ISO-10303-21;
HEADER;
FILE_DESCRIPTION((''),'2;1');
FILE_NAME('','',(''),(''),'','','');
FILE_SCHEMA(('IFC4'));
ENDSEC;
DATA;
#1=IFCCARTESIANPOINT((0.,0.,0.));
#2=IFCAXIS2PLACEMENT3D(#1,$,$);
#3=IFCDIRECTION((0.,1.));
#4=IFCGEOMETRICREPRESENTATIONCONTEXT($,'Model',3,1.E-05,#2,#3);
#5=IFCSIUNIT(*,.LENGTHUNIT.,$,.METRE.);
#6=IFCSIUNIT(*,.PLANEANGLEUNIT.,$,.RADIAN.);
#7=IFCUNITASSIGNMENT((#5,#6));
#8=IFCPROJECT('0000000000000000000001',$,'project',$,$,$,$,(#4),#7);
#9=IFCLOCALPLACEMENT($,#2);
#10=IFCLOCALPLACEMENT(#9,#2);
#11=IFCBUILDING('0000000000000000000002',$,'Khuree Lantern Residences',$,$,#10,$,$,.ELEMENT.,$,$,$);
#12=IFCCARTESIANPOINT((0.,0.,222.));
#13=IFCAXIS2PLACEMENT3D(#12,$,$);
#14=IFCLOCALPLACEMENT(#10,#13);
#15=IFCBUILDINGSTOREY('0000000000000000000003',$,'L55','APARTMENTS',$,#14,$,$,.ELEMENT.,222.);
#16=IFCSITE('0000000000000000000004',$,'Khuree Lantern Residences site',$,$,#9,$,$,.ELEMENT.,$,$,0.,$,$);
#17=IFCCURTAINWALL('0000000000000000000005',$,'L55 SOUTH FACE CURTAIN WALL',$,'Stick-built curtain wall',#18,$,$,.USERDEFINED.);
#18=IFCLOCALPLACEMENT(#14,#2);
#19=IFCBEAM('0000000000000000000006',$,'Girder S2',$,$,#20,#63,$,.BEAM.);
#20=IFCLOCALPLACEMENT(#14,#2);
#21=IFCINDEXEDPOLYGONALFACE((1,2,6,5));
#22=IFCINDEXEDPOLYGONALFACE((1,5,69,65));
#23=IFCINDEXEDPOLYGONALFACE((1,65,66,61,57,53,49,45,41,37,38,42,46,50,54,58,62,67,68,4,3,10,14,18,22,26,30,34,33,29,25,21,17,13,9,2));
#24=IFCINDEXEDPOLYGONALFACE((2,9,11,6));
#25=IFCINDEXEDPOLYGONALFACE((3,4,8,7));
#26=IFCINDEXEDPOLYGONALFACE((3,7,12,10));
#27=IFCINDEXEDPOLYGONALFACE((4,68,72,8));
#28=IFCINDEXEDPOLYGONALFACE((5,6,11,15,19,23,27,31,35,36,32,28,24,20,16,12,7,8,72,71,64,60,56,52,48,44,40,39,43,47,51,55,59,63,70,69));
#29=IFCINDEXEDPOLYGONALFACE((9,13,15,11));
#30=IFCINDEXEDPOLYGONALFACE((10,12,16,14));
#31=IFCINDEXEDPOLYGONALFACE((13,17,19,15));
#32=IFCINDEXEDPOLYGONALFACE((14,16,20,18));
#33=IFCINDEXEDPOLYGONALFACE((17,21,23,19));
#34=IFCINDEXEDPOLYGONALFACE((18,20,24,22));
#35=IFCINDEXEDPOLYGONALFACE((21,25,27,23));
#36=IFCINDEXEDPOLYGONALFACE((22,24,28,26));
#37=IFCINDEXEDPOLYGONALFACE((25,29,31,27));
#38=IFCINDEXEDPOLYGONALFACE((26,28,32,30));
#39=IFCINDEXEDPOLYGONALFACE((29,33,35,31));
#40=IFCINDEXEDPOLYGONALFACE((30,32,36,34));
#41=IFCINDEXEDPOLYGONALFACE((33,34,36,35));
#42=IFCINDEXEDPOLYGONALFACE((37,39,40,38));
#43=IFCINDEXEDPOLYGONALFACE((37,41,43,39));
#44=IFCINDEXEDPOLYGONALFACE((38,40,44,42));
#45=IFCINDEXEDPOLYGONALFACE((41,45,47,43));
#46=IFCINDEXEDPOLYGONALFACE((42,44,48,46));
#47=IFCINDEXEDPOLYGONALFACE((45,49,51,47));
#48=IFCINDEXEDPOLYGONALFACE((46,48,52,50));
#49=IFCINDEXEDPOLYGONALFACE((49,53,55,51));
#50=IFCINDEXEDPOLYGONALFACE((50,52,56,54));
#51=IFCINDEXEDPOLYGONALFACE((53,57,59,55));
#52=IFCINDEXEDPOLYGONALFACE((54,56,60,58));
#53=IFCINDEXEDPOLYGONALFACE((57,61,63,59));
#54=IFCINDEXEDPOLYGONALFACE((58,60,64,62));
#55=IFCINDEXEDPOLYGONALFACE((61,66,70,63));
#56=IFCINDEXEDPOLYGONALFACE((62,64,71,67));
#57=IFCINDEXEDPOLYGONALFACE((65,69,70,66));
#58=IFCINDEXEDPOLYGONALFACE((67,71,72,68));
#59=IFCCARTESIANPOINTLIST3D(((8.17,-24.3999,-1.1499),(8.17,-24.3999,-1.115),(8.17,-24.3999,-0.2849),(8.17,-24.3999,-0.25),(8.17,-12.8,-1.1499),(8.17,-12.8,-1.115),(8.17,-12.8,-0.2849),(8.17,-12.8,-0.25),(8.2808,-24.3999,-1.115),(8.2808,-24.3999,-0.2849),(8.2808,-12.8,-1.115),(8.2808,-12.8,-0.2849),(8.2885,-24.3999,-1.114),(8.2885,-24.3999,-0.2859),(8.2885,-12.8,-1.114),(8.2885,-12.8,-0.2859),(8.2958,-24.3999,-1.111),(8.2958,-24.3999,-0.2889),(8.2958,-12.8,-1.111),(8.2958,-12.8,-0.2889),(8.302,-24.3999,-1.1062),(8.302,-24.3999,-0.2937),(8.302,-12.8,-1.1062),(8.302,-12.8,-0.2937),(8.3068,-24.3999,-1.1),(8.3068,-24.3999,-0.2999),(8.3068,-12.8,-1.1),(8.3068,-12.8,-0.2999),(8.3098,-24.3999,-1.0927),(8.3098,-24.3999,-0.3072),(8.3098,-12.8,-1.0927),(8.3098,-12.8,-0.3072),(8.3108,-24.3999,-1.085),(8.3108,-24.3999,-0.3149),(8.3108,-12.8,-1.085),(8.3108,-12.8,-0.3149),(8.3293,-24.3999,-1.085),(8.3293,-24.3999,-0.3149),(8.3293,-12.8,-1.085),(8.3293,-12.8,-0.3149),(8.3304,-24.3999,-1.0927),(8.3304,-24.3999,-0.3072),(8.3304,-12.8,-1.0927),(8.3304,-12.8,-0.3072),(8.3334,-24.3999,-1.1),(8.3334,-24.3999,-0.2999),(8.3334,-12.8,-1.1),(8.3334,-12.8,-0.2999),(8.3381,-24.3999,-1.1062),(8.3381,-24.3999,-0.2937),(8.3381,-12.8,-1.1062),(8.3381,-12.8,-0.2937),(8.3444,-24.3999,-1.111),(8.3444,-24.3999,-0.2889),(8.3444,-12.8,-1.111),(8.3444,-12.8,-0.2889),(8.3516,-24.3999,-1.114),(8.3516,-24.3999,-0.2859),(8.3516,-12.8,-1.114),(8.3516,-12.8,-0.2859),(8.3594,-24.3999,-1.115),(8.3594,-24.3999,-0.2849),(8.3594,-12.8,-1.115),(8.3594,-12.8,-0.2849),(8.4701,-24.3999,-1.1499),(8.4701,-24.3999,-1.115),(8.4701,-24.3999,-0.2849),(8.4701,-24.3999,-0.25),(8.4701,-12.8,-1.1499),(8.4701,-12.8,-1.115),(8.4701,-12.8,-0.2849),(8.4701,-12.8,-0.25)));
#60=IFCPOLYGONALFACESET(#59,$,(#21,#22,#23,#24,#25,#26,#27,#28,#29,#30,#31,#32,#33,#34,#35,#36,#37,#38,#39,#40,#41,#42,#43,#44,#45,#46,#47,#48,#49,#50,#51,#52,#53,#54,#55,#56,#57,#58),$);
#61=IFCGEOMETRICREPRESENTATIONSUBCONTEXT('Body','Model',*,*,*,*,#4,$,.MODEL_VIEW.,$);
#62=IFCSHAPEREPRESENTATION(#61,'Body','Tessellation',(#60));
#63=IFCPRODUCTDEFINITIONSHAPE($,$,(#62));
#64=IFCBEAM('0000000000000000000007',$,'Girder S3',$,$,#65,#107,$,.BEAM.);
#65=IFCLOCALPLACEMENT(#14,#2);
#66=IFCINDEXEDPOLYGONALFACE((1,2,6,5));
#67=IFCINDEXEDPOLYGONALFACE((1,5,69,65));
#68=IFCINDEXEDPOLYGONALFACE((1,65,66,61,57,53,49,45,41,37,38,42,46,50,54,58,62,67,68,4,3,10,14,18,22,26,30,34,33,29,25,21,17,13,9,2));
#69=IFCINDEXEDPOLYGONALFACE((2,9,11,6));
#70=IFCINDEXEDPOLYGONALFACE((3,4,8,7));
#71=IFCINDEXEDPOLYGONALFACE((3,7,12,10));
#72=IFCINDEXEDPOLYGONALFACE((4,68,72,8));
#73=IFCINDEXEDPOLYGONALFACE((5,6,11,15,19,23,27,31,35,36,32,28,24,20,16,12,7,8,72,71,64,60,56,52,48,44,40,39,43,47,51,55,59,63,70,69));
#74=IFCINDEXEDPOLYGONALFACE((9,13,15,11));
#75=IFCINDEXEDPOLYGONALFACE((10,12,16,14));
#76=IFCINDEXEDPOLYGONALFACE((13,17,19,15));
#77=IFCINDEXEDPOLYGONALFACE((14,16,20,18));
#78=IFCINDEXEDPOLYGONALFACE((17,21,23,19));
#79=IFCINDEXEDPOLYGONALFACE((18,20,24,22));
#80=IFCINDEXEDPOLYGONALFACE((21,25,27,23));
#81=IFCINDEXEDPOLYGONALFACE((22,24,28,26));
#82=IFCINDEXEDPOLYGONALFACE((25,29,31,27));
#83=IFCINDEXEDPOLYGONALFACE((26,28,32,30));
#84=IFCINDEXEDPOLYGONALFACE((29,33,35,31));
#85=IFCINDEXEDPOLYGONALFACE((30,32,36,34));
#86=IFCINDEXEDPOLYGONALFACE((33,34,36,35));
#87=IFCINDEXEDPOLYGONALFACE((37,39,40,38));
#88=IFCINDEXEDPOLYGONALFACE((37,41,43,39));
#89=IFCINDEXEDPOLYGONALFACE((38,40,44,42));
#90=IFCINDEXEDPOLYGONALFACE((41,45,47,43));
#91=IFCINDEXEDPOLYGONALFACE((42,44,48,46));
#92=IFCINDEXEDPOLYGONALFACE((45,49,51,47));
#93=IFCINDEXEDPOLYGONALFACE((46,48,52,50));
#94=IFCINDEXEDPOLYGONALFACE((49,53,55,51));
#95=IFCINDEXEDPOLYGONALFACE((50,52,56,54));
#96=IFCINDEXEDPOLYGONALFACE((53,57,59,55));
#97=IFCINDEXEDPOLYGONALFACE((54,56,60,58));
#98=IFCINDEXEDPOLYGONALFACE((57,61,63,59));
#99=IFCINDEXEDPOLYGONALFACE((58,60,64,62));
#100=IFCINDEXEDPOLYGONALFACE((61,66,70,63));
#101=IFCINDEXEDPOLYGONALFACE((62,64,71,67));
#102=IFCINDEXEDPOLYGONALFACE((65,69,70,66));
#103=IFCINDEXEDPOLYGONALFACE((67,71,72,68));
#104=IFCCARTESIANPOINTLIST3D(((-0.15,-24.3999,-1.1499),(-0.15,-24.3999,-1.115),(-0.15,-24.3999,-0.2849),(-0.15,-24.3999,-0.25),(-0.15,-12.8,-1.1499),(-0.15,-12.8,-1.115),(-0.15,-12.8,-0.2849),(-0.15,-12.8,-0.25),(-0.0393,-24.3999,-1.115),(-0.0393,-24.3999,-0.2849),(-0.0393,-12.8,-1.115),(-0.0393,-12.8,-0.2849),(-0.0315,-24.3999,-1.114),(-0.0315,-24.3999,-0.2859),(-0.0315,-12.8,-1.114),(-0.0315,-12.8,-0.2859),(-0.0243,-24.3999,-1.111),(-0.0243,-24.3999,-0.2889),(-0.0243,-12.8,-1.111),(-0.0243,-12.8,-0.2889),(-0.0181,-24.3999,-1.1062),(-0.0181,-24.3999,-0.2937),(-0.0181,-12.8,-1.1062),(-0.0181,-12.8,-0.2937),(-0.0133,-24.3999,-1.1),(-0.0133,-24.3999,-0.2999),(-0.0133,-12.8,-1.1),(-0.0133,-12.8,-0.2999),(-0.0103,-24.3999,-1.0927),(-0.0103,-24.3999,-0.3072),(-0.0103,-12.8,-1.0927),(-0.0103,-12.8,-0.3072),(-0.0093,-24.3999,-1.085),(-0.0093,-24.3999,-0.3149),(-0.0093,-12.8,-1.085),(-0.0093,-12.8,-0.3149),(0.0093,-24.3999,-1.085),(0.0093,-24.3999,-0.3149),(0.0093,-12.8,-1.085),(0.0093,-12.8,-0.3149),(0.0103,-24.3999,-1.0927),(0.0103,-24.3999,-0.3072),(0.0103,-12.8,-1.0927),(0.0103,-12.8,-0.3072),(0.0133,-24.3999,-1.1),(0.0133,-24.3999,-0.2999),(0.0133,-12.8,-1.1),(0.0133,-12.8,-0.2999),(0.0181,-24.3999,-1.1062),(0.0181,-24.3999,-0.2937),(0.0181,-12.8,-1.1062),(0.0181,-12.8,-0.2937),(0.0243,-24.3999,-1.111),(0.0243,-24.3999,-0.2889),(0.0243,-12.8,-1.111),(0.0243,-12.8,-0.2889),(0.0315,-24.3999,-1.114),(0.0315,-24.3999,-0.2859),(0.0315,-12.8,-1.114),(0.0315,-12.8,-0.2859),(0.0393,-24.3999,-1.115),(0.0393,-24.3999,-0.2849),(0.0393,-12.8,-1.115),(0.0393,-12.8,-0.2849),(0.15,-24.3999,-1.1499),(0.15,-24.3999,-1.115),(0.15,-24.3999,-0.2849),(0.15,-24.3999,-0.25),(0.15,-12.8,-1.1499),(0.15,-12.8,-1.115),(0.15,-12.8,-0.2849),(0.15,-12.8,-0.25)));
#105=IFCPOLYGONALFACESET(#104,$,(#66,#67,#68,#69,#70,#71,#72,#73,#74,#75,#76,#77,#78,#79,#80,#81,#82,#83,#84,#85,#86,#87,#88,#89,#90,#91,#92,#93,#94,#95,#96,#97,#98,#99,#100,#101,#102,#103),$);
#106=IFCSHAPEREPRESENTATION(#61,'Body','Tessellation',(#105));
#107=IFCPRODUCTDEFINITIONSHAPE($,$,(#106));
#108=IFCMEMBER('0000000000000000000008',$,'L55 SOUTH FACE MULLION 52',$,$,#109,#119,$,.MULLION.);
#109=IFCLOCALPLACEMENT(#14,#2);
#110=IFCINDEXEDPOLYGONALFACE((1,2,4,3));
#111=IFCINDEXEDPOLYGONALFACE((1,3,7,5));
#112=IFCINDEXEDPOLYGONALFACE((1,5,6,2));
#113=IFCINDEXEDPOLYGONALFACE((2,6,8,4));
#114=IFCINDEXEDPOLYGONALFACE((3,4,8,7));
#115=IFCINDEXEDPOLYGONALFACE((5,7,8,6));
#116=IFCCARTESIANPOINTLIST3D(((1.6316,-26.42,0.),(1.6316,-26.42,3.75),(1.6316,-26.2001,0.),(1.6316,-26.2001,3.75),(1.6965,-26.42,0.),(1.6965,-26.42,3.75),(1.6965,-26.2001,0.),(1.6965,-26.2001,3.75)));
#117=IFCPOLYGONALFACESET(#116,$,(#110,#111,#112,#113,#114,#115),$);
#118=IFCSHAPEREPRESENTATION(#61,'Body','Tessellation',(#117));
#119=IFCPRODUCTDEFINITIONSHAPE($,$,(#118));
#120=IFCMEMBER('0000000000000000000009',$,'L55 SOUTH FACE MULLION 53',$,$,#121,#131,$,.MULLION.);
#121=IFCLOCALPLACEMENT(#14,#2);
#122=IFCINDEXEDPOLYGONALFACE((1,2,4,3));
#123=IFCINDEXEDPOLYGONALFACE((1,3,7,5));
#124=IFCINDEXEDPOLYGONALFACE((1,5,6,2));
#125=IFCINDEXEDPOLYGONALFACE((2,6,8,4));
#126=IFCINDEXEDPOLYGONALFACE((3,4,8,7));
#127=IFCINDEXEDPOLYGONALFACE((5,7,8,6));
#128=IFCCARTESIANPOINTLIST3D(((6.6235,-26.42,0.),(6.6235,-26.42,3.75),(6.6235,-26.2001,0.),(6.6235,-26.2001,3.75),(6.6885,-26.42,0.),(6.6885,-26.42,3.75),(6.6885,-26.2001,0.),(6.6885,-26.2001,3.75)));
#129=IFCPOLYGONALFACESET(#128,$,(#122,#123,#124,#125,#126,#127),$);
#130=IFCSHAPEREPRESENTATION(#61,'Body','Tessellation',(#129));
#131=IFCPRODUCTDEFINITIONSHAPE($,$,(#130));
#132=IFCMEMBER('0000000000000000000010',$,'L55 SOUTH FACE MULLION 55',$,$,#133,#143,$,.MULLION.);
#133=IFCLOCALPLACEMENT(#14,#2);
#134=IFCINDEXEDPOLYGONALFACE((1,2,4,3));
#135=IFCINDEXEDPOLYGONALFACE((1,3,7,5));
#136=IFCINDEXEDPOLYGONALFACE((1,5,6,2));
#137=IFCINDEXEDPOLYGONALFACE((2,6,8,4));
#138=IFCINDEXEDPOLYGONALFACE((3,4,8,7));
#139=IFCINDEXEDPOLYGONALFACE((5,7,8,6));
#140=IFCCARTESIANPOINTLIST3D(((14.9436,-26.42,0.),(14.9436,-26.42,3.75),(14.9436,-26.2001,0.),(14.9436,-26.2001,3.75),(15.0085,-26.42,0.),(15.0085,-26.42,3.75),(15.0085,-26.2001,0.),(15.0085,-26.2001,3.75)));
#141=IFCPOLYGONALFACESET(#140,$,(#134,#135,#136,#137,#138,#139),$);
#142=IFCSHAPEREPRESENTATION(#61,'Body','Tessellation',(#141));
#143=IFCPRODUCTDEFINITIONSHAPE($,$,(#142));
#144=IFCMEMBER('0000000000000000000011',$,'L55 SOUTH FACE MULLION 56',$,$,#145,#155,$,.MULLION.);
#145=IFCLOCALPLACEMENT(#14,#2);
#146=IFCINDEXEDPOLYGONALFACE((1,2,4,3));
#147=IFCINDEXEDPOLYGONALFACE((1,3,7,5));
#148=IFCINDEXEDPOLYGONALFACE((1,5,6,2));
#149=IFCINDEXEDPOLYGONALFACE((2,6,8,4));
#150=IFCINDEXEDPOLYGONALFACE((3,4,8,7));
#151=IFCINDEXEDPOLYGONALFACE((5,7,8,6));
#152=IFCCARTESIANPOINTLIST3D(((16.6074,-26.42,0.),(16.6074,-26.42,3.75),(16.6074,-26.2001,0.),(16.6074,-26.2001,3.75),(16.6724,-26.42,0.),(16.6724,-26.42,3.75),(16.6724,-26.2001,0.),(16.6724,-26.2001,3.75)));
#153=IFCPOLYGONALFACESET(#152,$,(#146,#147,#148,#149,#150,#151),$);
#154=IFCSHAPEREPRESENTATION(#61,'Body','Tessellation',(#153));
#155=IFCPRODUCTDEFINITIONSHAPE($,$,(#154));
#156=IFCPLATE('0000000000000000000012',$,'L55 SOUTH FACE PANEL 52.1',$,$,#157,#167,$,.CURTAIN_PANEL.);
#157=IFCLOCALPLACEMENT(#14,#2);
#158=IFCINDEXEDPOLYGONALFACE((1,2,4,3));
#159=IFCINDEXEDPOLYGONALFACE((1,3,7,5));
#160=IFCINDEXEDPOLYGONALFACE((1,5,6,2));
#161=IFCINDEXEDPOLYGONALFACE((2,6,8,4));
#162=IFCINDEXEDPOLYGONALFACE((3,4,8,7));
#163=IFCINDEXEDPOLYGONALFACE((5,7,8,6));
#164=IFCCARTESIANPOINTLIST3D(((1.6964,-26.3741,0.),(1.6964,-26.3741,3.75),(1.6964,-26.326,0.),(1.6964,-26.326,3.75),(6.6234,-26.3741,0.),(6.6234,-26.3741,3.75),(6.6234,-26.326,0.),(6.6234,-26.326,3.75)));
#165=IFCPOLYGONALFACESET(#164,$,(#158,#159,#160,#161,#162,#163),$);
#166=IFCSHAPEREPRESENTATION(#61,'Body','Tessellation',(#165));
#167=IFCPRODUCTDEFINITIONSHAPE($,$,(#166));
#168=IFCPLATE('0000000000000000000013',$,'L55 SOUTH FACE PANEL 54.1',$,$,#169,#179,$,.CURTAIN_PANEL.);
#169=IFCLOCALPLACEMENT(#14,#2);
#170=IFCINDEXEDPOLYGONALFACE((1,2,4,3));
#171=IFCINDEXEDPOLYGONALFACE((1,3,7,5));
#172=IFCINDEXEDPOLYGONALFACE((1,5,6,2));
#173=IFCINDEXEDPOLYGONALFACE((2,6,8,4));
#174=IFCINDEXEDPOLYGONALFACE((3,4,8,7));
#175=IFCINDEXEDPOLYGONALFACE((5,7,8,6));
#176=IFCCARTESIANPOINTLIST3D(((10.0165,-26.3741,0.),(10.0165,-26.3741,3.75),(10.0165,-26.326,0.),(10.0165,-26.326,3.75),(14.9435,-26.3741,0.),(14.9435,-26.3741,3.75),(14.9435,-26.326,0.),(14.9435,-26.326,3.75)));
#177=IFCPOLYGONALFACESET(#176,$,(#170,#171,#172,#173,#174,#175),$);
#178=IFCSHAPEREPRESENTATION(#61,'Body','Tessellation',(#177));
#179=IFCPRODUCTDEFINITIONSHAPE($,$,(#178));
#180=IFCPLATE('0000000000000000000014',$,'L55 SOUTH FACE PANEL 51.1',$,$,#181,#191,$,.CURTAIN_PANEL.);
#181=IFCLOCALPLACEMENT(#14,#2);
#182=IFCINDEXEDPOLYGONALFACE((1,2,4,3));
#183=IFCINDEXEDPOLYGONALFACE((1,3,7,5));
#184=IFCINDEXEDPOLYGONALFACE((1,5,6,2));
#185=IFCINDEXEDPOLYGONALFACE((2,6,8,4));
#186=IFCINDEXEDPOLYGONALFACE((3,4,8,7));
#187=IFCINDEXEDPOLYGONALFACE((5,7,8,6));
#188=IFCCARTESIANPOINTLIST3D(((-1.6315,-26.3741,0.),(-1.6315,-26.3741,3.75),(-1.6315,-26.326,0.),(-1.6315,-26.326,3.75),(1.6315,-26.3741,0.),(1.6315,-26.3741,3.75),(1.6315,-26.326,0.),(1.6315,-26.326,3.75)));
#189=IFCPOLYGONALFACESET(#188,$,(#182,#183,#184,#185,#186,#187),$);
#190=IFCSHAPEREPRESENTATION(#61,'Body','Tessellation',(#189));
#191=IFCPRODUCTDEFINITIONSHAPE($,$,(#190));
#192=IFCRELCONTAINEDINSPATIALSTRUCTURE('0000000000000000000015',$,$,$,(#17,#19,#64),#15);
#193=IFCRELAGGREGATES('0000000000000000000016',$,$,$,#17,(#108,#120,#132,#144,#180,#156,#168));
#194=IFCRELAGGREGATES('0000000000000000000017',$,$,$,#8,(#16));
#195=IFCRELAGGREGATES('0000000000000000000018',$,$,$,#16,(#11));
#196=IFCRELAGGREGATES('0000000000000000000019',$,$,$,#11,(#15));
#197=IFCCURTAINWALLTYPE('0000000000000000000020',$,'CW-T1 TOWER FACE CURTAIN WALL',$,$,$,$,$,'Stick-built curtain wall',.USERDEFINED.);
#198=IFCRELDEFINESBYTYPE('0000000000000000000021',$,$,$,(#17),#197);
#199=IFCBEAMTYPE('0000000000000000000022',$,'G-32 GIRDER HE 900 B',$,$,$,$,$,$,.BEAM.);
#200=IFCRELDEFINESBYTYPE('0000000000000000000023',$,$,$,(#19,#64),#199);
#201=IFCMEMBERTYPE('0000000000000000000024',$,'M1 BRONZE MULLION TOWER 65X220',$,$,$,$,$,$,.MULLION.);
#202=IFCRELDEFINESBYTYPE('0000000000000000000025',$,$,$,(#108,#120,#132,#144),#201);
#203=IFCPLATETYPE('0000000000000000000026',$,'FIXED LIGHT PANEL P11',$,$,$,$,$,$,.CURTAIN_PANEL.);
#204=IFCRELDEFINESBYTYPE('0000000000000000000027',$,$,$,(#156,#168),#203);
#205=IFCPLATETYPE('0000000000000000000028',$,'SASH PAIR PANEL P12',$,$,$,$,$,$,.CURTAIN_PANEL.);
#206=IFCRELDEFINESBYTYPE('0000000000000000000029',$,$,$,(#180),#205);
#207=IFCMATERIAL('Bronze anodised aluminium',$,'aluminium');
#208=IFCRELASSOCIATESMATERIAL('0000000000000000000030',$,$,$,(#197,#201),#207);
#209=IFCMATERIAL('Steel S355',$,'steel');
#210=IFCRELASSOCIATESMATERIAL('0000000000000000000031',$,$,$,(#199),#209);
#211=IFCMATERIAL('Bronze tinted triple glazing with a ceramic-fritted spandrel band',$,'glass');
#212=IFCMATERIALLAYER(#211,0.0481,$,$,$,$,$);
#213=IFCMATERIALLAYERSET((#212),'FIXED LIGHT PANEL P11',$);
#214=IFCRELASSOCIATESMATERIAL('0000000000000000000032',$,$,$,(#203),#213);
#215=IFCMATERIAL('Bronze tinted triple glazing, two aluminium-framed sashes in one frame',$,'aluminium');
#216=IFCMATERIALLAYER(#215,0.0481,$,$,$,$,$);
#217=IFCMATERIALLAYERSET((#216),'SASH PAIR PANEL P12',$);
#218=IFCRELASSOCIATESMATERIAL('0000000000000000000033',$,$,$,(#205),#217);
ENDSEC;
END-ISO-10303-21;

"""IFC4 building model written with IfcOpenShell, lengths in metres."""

from ifc_helpers import new_model, si_unit, direction, frame, origin, origin_2d, place, context, subcontext, project, spatial, rectangle, i_section, extrude, material, layer, layer_set, material_profile, profile_set, type_object, element, aggregate, save


model = new_model("IFC4")

# Units and contexts
model_context = context("Model", 3, precision=1e-05, world=origin(), true_north=direction((0.0, 1.0)))
body_context = subcontext(model_context, "Body", "Model", "MODEL_VIEW")
ifc_project = project(units=[si_unit("LENGTHUNIT", "METRE"), si_unit("PLANEANGLEUNIT", "RADIAN")], contexts=[model_context])

# Site, building, storey
site_placement = place(None, origin())
site = spatial("IfcSite", under=ifc_project, at=site_placement, Name="Khuree Lantern Residences site", CompositionType="ELEMENT", RefElevation=0.0)
building_placement = place(site_placement, origin())
building = spatial("IfcBuilding", under=site, at=building_placement, Name="Khuree Lantern Residences", CompositionType="ELEMENT")
storey_placement = place(building_placement, frame((0.0, 0.0, 222.0)))
storey = spatial("IfcBuildingStorey", under=building, at=storey_placement, Name="L55", Description="APARTMENTS", CompositionType="ELEMENT", Elevation=222.0)

# Shared definitions
ifc_material_1 = material(Name="Steel S355", Category="steel")

# Curtain wall
ifc_material_2 = material(Name="Bronze anodised aluminium", Category="aluminium")
curtain_wall_type = type_object("IfcCurtainWallType", Name="CW-T1 TOWER FACE CURTAIN WALL", ElementType="Stick-built curtain wall", PredefinedType="USERDEFINED", material=ifc_material_2)
curtain_wall_placement = place(storey_placement, origin())
curtain_wall = element("IfcCurtainWall", 1, at=curtain_wall_placement, inside=storey, type_object=curtain_wall_type, Name="L55 SOUTH FACE CURTAIN WALL", ObjectType="Stick-built curtain wall", PredefinedType="USERDEFINED")

# Beams
ifc_material_profile_1 = material_profile(ifc_material_1, i_section(OverallWidth=0.3, OverallDepth=0.8999, WebThickness=0.0186, FlangeThickness=0.0349, FilletRadius=0.03, at=origin_2d()), Name="HE 900 B")
ifc_profile_set_1 = profile_set([ifc_material_profile_1], Name="Steel S355")
beam_type_1 = type_object("IfcBeamType", Name="G-32 GIRDER HE 900 B", PredefinedType="BEAM", material=ifc_profile_set_1)
for number, where, z_axis, x_axis, name in (
    (2, (8.3201, -24.3999, -0.7), (0.0, 1.0, 0.0), (-1.0, 0.0, 0.0), "Girder S2"),
    (3, (0.0, -24.3999, -0.7), (0.0, 1.0, 0.0), (-1.0, 0.0, 0.0), "Girder S3"),
):
    element("IfcBeam", number, at=place(storey_placement, frame(where, z_axis=z_axis, x_axis=x_axis)), inside=storey, type_object=beam_type_1, Name=name, PredefinedType="BEAM", context=body_context, shape_type="SweptSolid", body=[
        extrude(i_section(OverallWidth=0.3, OverallDepth=0.8999, WebThickness=0.0186, FlangeThickness=0.0349, FilletRadius=0.03, at=origin_2d()), origin(), (0.0, 0.0, 1.0), 11.5999),
    ])

# Members
ifc_material_profile_2 = material_profile(ifc_material_2, rectangle(XDim=0.0649, YDim=0.22, at=origin_2d()), Name="M1 65X220")
ifc_profile_set_2 = profile_set([ifc_material_profile_2], Name="Bronze anodised aluminium")
member_type_1 = type_object("IfcMemberType", Name="M1 BRONZE MULLION TOWER 65X220", PredefinedType="MULLION", material=ifc_profile_set_2)
member_1_placement = place(storey_placement, frame((1.6641, -26.3101, 0.0), z_axis=(0.0, 0.0, 1.0), x_axis=(1.0, 0.0, 0.0)))
member_1 = element("IfcMember", 4, at=member_1_placement, type_object=member_type_1, Name="L55 SOUTH FACE MULLION 52", PredefinedType="MULLION", context=body_context, shape_type="SweptSolid", body=[
    extrude(rectangle(XDim=0.0649, YDim=0.22, at=origin_2d()), origin(), (0.0, 0.0, 1.0), 3.75),
])
member_2_placement = place(storey_placement, frame((6.656, -26.3101, 0.0), z_axis=(0.0, 0.0, 1.0), x_axis=(1.0, 0.0, 0.0)))
member_2 = element("IfcMember", 5, at=member_2_placement, type_object=member_type_1, Name="L55 SOUTH FACE MULLION 53", PredefinedType="MULLION", context=body_context, shape_type="SweptSolid", body=[
    extrude(rectangle(XDim=0.0649, YDim=0.22, at=origin_2d()), origin(), (0.0, 0.0, 1.0), 3.75),
])
member_3_placement = place(storey_placement, frame((14.9761, -26.3101, 0.0), z_axis=(0.0, 0.0, 1.0), x_axis=(1.0, 0.0, 0.0)))
member_3 = element("IfcMember", 6, at=member_3_placement, type_object=member_type_1, Name="L55 SOUTH FACE MULLION 55", PredefinedType="MULLION", context=body_context, shape_type="SweptSolid", body=[
    extrude(rectangle(XDim=0.0649, YDim=0.22, at=origin_2d()), origin(), (0.0, 0.0, 1.0), 3.75),
])
member_4_placement = place(storey_placement, frame((16.6399, -26.3101, 0.0), z_axis=(0.0, 0.0, 1.0), x_axis=(1.0, 0.0, 0.0)))
member_4 = element("IfcMember", 7, at=member_4_placement, type_object=member_type_1, Name="L55 SOUTH FACE MULLION 56", PredefinedType="MULLION", context=body_context, shape_type="SweptSolid", body=[
    extrude(rectangle(XDim=0.0649, YDim=0.22, at=origin_2d()), origin(), (0.0, 0.0, 1.0), 3.75),
])

# Plates
ifc_material_3 = material(Name="Bronze tinted triple glazing with a ceramic-fritted spandrel band", Category="glass")
ifc_layer_1 = layer(ifc_material_3, 0.0481)
ifc_layer_set_1 = layer_set([ifc_layer_1], Name="FIXED LIGHT PANEL P11")
plate_type_1 = type_object("IfcPlateType", Name="FIXED LIGHT PANEL P11", PredefinedType="CURTAIN_PANEL", material=ifc_layer_set_1)
plate_1_placement = place(storey_placement, frame((4.1599, -26.3501, 0.0), z_axis=(0.0, 0.0, 1.0), x_axis=(1.0, 0.0, 0.0)))
plate_1 = element("IfcPlate", 8, at=plate_1_placement, type_object=plate_type_1, Name="L55 SOUTH FACE PANEL 52.1", PredefinedType="CURTAIN_PANEL", context=body_context, shape_type="SweptSolid", body=[
    extrude(rectangle(XDim=4.927, YDim=0.0481, at=origin_2d()), origin(), (0.0, 0.0, 1.0), 3.75),
])
plate_2_placement = place(storey_placement, frame((12.48, -26.3501, 0.0), z_axis=(0.0, 0.0, 1.0), x_axis=(1.0, 0.0, 0.0)))
plate_2 = element("IfcPlate", 9, at=plate_2_placement, type_object=plate_type_1, Name="L55 SOUTH FACE PANEL 54.1", PredefinedType="CURTAIN_PANEL", context=body_context, shape_type="SweptSolid", body=[
    extrude(rectangle(XDim=4.927, YDim=0.0481, at=origin_2d()), origin(), (0.0, 0.0, 1.0), 3.75),
])
ifc_material_4 = material(Name="Bronze tinted triple glazing, two aluminium-framed sashes in one frame", Category="aluminium")
ifc_layer_2 = layer(ifc_material_4, 0.0481)
ifc_layer_set_2 = layer_set([ifc_layer_2], Name="SASH PAIR PANEL P12")
plate_type_2 = type_object("IfcPlateType", Name="SASH PAIR PANEL P12", PredefinedType="CURTAIN_PANEL", material=ifc_layer_set_2)
plate_3_placement = place(storey_placement, frame((0.0, -26.3501, 0.0), z_axis=(0.0, 0.0, 1.0), x_axis=(1.0, 0.0, 0.0)))
plate_3 = element("IfcPlate", 10, at=plate_3_placement, type_object=plate_type_2, Name="L55 SOUTH FACE PANEL 51.1", PredefinedType="CURTAIN_PANEL", context=body_context, shape_type="SweptSolid", body=[
    extrude(rectangle(XDim=3.2629, YDim=0.0481, at=origin_2d()), origin(), (0.0, 0.0, 1.0), 3.75),
])
aggregate(curtain_wall, [member_1, member_2, member_3, member_4, plate_3, plate_1, plate_2])

save(model, "model.ifc")
